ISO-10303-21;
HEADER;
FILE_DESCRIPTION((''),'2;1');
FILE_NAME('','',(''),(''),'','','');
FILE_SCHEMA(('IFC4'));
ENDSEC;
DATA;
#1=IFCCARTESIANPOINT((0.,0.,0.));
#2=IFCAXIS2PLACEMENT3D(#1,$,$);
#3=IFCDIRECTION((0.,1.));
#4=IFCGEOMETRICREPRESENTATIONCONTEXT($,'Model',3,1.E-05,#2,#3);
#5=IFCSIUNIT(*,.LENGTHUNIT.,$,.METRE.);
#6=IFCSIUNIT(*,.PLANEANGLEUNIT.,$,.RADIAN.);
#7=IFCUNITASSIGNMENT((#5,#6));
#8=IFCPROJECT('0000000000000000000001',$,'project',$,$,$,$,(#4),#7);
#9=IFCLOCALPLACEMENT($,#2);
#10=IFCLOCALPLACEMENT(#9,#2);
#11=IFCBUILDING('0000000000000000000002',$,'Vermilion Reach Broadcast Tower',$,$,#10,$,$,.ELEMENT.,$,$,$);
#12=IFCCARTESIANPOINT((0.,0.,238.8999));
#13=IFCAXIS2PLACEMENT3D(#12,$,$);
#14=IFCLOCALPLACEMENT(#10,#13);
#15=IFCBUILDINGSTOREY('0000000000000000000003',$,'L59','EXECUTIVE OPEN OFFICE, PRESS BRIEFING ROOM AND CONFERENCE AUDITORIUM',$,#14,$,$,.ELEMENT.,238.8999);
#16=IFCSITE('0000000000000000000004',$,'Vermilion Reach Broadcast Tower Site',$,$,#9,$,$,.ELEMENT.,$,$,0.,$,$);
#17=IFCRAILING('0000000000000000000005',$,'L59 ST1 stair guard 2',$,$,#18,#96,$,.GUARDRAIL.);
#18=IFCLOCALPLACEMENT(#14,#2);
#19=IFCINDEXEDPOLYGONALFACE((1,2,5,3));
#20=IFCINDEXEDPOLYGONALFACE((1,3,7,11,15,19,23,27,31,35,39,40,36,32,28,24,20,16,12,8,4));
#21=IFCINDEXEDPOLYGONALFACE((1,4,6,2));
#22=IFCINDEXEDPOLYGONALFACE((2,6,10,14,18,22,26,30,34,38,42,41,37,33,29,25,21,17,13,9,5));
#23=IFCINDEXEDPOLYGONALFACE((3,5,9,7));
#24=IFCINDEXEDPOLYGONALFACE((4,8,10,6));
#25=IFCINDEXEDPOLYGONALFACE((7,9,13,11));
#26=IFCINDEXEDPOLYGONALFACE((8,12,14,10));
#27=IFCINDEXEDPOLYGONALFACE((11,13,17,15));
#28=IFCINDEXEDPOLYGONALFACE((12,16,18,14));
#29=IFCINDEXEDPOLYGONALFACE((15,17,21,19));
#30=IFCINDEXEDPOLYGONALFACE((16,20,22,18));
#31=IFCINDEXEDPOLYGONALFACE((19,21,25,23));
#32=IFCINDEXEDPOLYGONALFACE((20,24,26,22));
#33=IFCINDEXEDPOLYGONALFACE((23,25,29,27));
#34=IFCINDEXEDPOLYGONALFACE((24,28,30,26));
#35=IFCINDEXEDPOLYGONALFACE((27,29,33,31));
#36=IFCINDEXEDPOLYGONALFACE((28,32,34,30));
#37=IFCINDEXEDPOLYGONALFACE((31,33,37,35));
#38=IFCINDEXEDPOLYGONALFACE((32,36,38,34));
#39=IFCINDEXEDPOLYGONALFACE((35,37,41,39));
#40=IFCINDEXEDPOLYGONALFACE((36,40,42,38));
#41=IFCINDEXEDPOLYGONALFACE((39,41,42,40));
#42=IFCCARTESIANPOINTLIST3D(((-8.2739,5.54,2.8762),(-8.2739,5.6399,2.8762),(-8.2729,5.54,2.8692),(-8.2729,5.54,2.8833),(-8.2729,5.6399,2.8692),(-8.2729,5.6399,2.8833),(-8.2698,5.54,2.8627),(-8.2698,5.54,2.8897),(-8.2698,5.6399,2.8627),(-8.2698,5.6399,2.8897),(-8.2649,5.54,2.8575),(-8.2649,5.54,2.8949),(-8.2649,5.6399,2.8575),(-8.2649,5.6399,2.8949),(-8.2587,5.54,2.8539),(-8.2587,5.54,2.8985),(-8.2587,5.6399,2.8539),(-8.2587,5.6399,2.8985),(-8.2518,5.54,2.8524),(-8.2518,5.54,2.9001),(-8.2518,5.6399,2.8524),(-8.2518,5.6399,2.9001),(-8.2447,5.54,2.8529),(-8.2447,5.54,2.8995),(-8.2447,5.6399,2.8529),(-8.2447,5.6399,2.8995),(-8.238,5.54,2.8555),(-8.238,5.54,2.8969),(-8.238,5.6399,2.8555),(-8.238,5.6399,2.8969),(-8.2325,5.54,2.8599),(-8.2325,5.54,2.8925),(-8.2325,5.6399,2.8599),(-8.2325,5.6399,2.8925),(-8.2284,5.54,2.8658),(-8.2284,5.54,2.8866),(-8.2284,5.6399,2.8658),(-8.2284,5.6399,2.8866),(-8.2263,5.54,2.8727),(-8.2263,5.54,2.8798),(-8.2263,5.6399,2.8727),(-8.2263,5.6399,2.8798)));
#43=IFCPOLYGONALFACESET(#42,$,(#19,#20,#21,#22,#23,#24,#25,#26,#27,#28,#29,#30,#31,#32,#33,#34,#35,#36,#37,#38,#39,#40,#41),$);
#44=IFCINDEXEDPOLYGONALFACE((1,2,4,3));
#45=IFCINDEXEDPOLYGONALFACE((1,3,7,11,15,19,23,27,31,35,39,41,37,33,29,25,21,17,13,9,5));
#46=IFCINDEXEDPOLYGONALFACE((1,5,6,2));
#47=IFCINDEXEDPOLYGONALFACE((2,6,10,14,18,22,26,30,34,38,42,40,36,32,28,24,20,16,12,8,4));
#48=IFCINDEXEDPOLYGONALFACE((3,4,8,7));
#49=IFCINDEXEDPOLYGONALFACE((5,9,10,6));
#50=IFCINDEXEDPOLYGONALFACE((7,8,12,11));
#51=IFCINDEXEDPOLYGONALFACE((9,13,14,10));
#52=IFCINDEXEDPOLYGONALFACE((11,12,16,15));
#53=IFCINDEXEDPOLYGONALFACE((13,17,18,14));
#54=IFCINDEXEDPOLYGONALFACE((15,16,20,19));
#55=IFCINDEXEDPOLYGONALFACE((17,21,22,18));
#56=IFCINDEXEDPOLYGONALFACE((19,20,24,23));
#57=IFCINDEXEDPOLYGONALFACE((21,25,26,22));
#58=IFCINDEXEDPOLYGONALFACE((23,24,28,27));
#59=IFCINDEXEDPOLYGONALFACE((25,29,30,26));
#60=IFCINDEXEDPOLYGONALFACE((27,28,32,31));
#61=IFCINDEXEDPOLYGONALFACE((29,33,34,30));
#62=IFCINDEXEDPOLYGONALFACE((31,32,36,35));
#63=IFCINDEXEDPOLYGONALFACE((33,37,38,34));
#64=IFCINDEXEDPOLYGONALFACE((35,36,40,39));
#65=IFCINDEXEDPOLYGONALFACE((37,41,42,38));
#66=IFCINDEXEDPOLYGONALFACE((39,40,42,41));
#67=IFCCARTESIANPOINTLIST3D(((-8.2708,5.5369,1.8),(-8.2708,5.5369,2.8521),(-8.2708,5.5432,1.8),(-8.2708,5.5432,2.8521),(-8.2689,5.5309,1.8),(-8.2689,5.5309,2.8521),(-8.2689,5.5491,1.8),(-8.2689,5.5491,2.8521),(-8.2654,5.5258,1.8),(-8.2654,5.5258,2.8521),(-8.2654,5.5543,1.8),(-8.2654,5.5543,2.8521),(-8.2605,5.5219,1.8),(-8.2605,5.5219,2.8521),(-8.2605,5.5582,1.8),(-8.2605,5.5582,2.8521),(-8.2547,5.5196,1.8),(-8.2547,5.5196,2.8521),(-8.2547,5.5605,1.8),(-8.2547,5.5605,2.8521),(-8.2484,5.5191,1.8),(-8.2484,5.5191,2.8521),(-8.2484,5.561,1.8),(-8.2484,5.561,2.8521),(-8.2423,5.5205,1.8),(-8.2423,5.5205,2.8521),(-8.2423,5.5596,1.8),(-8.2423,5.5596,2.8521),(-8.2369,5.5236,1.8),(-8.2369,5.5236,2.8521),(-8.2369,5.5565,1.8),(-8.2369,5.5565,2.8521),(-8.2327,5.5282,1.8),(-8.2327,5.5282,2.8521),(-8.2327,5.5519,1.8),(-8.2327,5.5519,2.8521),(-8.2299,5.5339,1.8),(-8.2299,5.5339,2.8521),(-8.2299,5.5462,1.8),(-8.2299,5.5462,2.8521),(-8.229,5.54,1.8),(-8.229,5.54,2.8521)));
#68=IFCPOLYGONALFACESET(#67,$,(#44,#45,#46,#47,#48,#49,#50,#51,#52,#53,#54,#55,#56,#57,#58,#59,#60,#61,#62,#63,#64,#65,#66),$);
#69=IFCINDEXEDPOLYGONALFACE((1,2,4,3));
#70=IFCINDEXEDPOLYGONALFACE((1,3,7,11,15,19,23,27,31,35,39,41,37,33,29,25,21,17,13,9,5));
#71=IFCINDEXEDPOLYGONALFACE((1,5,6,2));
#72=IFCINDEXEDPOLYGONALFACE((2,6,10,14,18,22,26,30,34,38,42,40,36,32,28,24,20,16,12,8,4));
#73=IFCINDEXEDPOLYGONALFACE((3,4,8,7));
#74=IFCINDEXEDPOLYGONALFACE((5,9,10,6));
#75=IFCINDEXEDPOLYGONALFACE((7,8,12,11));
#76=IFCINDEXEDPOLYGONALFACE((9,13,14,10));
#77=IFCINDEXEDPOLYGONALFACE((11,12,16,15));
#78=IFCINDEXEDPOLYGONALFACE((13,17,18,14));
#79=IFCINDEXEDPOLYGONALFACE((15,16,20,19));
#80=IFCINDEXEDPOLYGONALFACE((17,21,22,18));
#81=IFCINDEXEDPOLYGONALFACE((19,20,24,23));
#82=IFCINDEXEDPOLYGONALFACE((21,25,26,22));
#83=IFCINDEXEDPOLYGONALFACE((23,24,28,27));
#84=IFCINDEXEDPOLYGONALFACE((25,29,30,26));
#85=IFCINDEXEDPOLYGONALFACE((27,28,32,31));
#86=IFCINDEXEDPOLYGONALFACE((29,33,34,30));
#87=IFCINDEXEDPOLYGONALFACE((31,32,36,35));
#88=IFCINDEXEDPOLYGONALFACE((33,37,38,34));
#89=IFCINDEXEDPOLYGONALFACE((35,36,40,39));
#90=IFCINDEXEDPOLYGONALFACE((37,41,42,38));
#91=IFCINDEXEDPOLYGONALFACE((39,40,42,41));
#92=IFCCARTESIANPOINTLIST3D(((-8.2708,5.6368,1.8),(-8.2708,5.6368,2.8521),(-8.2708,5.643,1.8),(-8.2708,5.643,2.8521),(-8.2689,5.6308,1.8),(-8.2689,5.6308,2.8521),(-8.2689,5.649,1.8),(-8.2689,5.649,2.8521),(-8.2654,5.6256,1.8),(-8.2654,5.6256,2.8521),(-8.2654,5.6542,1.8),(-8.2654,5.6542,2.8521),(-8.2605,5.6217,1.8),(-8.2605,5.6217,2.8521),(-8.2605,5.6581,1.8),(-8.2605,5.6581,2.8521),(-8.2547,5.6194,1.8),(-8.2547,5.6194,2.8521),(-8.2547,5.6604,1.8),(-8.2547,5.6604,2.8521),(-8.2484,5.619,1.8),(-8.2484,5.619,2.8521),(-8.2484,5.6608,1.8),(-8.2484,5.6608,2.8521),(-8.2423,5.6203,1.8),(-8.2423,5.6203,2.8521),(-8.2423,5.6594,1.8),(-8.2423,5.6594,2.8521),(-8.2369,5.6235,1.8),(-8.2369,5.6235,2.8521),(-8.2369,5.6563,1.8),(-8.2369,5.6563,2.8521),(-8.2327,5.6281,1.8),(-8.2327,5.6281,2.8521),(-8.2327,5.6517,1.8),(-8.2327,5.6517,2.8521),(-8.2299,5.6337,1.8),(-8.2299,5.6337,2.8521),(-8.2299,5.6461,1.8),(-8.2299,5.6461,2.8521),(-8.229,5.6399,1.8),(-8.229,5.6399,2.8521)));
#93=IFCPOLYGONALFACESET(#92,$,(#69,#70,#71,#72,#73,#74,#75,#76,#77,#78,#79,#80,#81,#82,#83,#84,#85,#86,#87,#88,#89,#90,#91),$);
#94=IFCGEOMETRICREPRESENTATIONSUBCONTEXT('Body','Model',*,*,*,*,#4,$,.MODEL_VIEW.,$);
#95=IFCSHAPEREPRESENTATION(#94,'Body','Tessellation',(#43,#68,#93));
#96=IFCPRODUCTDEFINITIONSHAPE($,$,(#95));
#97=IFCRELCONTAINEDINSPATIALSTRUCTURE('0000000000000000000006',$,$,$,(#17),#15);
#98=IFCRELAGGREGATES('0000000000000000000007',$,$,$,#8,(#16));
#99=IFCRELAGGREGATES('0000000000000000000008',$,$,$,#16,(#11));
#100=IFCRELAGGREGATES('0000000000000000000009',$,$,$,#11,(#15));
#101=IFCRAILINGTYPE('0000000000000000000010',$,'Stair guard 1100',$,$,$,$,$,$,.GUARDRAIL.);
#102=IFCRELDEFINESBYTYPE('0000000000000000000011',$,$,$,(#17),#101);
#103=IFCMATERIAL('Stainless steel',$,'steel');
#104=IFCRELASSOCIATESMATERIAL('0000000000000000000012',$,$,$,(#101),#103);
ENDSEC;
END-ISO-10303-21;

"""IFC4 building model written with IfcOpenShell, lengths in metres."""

from ifc_helpers import new_model, si_unit, direction, frame, origin, origin_2d, place, context, subcontext, project, spatial, circle, extrude, material, type_object, element, save


model = new_model("IFC4")

# Units and contexts
model_context = context("Model", 3, precision=1e-05, world=origin(), true_north=direction((0.0, 1.0)))
body_context = subcontext(model_context, "Body", "Model", "MODEL_VIEW")
ifc_project = project(units=[si_unit("LENGTHUNIT", "METRE"), si_unit("PLANEANGLEUNIT", "RADIAN")], contexts=[model_context])

# Site, building, storey
site_placement = place(None, origin())
site = spatial("IfcSite", under=ifc_project, at=site_placement, Name="Vermilion Reach Broadcast Tower Site", CompositionType="ELEMENT", RefElevation=0.0)
building_placement = place(site_placement, origin())
building = spatial("IfcBuilding", under=site, at=building_placement, Name="Vermilion Reach Broadcast Tower", CompositionType="ELEMENT")
storey_placement = place(building_placement, frame((0.0, 0.0, 238.8999)))
storey = spatial("IfcBuildingStorey", under=building, at=storey_placement, Name="L59", Description="EXECUTIVE OPEN OFFICE, PRESS BRIEFING ROOM AND CONFERENCE AUDITORIUM", CompositionType="ELEMENT", Elevation=238.8999)

# Railing
ifc_material_1 = material(Name="Stainless steel", Category="steel")
railing_type_1 = type_object("IfcRailingType", Name="Stair guard 1100", PredefinedType="GUARDRAIL", material=ifc_material_1)
railing_1_placement = place(storey_placement, frame((-8.25, 5.54, 1.8)))
element("IfcRailing", 1, at=railing_1_placement, inside=storey, type_object=railing_type_1, Name="L59 ST1 stair guard 2", PredefinedType="GUARDRAIL", context=body_context, shape_type="SweptSolid", body=[
    extrude(circle(Radius=0.0239, at=origin_2d()), frame((0.0, 0.0, 1.0762), z_axis=(0.0, 1.0, 0.0), x_axis=(-1.0, 0.0, 0.0)), (0.0, 0.0, 1.0), 0.0999),
    extrude(circle(Radius=0.021, at=origin_2d()), origin(), (0.0, 0.0, 1.0), 1.052),
    extrude(circle(Radius=0.021, at=origin_2d()), frame((0.0, 0.0999, 0.0)), (0.0, 0.0, 1.0), 1.052),
])

save(model, "model.ifc")
